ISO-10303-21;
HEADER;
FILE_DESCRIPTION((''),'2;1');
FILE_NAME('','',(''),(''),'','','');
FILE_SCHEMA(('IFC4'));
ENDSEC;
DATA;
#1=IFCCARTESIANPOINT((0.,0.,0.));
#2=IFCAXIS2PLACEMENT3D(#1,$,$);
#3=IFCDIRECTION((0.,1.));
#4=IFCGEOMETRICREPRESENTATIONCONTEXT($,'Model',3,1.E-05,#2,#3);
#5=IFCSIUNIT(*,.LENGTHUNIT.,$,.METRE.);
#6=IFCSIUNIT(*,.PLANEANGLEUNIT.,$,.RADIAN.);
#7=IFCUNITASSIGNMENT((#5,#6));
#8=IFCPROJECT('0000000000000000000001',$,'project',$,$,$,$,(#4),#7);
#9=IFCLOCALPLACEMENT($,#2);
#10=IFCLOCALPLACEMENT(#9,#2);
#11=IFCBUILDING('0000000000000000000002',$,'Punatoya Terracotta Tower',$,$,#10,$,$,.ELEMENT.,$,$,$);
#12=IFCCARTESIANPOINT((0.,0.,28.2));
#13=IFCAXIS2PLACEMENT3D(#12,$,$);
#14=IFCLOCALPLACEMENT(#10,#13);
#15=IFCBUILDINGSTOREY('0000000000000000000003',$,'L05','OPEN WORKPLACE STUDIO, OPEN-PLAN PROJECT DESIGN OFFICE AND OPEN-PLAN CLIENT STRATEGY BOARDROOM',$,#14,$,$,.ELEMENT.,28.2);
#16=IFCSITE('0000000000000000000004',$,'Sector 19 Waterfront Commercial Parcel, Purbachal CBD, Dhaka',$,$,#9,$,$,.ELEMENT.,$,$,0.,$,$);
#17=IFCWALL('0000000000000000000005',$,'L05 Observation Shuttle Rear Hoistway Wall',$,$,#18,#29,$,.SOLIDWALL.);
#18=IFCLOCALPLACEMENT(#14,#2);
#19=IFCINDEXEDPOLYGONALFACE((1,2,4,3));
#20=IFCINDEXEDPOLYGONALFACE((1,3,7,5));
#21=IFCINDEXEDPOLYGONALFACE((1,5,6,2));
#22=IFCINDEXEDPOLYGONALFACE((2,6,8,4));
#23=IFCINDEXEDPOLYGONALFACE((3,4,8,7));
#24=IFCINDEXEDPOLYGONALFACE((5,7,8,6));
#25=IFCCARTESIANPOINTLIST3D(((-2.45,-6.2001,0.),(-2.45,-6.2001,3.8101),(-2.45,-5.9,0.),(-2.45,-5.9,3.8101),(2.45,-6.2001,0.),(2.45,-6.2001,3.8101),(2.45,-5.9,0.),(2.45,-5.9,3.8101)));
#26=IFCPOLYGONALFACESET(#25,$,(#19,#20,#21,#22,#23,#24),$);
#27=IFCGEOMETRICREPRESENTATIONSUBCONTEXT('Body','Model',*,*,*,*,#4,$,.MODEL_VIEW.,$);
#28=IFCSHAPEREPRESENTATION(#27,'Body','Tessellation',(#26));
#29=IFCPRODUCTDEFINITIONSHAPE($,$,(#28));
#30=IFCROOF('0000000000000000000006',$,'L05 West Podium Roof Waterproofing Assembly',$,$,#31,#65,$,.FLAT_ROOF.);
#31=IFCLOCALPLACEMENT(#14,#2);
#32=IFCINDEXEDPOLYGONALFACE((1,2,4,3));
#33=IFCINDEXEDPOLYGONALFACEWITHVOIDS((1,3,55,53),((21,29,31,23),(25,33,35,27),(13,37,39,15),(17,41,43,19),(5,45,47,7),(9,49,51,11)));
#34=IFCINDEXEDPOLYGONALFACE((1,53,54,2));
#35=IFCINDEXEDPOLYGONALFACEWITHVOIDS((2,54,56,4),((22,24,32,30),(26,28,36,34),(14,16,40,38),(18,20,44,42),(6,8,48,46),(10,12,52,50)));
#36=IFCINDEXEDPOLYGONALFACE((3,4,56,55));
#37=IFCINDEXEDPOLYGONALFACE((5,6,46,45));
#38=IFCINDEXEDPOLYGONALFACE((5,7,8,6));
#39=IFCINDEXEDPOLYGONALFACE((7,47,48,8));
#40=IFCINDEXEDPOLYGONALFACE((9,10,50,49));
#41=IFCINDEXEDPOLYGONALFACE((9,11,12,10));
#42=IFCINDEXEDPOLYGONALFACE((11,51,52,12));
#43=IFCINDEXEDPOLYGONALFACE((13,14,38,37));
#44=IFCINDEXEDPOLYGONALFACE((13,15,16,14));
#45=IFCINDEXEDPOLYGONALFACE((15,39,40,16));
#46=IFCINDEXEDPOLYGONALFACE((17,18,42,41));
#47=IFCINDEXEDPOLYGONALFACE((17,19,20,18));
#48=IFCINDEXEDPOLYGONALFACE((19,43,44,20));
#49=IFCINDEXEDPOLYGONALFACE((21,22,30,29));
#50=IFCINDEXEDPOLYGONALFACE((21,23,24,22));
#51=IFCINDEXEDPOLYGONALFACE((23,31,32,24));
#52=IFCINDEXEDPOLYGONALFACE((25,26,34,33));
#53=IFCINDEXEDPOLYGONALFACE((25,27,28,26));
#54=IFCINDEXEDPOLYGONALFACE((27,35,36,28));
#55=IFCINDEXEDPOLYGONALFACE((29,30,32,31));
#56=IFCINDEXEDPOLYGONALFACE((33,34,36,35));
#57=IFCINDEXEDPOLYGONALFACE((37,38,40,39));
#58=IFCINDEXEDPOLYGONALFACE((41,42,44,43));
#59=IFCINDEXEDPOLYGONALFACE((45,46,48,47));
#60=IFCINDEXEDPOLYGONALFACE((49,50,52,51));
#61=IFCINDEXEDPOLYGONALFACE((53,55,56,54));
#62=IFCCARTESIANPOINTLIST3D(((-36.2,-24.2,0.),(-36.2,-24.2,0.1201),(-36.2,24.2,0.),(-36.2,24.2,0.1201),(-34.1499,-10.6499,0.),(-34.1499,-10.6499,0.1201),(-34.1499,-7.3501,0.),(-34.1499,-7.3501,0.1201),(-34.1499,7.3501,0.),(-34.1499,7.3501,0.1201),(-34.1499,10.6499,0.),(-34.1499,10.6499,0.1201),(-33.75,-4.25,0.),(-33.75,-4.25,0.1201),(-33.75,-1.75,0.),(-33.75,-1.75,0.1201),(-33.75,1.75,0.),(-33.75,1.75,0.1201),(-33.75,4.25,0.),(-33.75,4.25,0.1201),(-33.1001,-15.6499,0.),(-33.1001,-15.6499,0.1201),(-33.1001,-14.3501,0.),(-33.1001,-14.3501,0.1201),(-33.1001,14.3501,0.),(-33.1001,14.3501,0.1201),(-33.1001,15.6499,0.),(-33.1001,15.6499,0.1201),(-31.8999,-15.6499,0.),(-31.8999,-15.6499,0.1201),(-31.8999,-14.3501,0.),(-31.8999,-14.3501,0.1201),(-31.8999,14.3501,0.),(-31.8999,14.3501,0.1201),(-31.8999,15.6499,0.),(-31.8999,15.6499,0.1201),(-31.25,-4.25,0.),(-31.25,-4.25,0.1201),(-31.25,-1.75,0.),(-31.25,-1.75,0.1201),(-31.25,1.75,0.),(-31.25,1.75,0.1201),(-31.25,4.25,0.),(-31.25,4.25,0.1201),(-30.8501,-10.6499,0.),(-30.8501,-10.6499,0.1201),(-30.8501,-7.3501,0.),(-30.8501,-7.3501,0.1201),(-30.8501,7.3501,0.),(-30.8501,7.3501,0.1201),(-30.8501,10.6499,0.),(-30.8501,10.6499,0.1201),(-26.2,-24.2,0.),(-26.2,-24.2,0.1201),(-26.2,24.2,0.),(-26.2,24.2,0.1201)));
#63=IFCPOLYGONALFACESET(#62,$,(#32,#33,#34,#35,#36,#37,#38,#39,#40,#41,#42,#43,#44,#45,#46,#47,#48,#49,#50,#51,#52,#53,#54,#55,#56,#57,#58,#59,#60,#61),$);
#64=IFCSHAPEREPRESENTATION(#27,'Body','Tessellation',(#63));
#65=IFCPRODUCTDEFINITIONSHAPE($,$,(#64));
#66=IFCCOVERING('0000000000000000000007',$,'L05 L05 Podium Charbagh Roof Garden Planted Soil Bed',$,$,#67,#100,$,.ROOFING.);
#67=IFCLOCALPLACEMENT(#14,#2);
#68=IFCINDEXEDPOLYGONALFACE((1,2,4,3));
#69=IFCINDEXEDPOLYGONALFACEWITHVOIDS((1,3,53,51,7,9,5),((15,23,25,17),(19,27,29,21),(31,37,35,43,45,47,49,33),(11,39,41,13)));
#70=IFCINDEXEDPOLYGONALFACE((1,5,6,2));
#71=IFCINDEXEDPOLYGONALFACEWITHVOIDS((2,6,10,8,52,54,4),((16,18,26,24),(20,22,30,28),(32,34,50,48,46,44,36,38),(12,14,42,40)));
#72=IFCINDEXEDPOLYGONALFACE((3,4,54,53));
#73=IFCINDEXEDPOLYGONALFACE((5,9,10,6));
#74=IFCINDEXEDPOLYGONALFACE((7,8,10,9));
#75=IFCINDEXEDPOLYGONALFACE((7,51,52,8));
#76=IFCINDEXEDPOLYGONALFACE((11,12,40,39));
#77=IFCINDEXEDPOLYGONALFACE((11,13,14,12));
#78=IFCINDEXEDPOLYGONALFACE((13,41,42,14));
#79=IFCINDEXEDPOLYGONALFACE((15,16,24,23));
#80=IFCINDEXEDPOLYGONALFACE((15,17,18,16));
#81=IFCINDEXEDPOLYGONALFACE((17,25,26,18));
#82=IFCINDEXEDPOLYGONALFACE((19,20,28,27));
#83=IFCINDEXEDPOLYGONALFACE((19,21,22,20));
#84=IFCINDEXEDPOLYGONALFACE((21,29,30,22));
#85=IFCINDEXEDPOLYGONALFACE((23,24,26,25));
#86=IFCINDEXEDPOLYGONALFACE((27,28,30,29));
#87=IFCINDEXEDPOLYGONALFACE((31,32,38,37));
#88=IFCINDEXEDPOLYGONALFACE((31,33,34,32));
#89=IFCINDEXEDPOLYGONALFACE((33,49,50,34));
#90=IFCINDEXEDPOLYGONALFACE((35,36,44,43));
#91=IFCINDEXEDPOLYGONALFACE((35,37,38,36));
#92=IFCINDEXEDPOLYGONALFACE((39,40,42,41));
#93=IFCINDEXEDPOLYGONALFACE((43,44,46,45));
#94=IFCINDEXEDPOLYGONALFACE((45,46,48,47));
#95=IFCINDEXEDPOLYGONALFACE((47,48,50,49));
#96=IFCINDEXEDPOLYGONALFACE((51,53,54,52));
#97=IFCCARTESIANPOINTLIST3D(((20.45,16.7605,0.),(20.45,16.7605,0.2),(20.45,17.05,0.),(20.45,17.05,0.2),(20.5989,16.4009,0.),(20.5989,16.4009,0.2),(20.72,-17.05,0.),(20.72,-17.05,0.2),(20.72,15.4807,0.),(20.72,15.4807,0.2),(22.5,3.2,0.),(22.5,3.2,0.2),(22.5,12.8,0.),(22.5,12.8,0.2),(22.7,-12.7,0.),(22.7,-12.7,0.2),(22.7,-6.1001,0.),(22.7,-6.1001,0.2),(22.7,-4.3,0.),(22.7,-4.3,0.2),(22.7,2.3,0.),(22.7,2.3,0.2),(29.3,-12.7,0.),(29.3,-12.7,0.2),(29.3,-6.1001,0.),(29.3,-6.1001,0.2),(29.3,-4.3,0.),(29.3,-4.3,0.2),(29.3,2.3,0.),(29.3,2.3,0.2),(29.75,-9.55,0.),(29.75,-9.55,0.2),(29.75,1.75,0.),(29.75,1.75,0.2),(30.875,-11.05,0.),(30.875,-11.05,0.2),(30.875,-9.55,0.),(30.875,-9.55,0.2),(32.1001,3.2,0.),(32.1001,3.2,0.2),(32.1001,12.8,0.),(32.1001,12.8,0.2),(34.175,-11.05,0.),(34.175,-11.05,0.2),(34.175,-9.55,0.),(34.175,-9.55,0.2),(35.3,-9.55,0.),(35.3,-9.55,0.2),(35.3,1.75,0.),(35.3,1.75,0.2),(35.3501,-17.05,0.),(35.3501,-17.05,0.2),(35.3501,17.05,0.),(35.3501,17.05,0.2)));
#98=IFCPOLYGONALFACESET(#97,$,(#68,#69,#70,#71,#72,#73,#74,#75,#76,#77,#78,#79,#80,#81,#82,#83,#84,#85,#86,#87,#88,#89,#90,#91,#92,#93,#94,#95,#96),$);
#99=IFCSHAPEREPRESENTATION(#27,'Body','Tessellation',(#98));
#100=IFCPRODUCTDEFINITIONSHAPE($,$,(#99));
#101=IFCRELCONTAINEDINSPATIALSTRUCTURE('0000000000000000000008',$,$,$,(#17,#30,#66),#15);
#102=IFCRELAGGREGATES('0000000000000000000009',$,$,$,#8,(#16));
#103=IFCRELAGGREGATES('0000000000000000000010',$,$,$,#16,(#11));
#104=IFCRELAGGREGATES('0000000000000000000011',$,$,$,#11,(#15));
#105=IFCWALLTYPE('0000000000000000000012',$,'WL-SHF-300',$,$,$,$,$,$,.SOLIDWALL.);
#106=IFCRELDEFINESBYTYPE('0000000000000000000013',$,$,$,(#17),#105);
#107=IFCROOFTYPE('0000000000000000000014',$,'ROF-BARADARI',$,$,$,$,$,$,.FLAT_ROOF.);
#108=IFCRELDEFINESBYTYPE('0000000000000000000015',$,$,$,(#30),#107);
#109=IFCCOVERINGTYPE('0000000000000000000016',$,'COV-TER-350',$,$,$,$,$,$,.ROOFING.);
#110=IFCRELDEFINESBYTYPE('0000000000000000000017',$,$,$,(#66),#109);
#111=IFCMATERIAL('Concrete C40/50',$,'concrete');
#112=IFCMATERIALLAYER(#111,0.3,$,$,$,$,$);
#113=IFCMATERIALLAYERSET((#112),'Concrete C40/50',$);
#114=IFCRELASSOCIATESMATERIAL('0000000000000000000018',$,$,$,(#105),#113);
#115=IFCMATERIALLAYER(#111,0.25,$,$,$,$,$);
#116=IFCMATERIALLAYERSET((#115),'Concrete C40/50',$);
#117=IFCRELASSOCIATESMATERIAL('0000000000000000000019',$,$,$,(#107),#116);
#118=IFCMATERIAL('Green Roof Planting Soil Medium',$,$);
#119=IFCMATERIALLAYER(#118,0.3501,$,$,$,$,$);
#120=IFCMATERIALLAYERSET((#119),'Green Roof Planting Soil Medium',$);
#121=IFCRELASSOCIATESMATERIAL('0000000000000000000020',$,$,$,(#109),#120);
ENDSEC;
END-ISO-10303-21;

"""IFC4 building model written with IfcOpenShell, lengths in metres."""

from ifc_helpers import new_model, si_unit, direction, frame, frame_2d, origin, place, context, subcontext, project, spatial, polyline, rectangle, outline, extrude, material, layer, layer_set, type_object, element, save


model = new_model("IFC4")

# Units and contexts
model_context = context("Model", 3, precision=1e-05, world=origin(), true_north=direction((0.0, 1.0)))
body_context = subcontext(model_context, "Body", "Model", "MODEL_VIEW")
ifc_project = project(units=[si_unit("LENGTHUNIT", "METRE"), si_unit("PLANEANGLEUNIT", "RADIAN")], contexts=[model_context])

# Site, building, storey
site_placement = place(None, origin())
site = spatial("IfcSite", under=ifc_project, at=site_placement, Name="Sector 19 Waterfront Commercial Parcel, Purbachal CBD, Dhaka", CompositionType="ELEMENT", RefElevation=0.0)
building_placement = place(site_placement, origin())
building = spatial("IfcBuilding", under=site, at=building_placement, Name="Punatoya Terracotta Tower", CompositionType="ELEMENT")
storey_placement = place(building_placement, frame((0.0, 0.0, 28.2)))
storey = spatial("IfcBuildingStorey", under=building, at=storey_placement, Name="L05", Description="OPEN WORKPLACE STUDIO, OPEN-PLAN PROJECT DESIGN OFFICE AND OPEN-PLAN CLIENT STRATEGY BOARDROOM", CompositionType="ELEMENT", Elevation=28.2)

# Shared definitions
ifc_material_1 = material(Name="Concrete C40/50", Category="concrete")

# Wall
ifc_layer_1 = layer(ifc_material_1, 0.3)
ifc_layer_set_1 = layer_set([ifc_layer_1], Name="Concrete C40/50")
wall_type_1 = type_object("IfcWallType", Name="WL-SHF-300", PredefinedType="SOLIDWALL", material=ifc_layer_set_1)
wall_1_placement = place(storey_placement, frame((-2.45, -6.05, 0.0), z_axis=(0.0, 0.0, 1.0), x_axis=(1.0, 0.0, 0.0)))
element("IfcWall", 1, at=wall_1_placement, inside=storey, type_object=wall_type_1, Name="L05 Observation Shuttle Rear Hoistway Wall", PredefinedType="SOLIDWALL", context=body_context, shape_type="SweptSolid", body=[
    extrude(rectangle(XDim=4.8999, YDim=0.3, at=frame_2d((2.45, 0.0))), origin(), (0.0, 0.0, 1.0), 3.8101),
])

# Roof
ifc_layer_2 = layer(ifc_material_1, 0.25)
ifc_layer_set_2 = layer_set([ifc_layer_2], Name="Concrete C40/50")
roof_type = type_object("IfcRoofType", Name="ROF-BARADARI", PredefinedType="FLAT_ROOF", material=ifc_layer_set_2)
roof_placement = place(storey_placement, origin())
element("IfcRoof", 2, at=roof_placement, inside=storey, type_object=roof_type, Name="L05 West Podium Roof Waterproofing Assembly", PredefinedType="FLAT_ROOF", context=body_context, shape_type="SweptSolid", body=[
    extrude(outline(polyline([(-36.2, -24.2), (-26.2, -24.2), (-26.2, 24.2), (-36.2, 24.2), (-36.2, -24.2)]), holes=[polyline([(-33.1001, -15.6499), (-33.1001, -14.3501), (-31.8999, -14.3501), (-31.8999, -15.6499), (-33.1001, -15.6499)]), polyline([(-34.1499, -7.3501), (-30.8501, -7.3501), (-30.8501, -10.6499), (-34.1499, -10.6499), (-34.1499, -7.3501)]), polyline([(-33.75, -1.75), (-31.25, -1.75), (-31.25, -4.25), (-33.75, -4.25), (-33.75, -1.75)]), polyline([(-33.75, 1.75), (-33.75, 4.25), (-31.25, 4.25), (-31.25, 1.75), (-33.75, 1.75)]), polyline([(-34.1499, 10.6499), (-30.8501, 10.6499), (-30.8501, 7.3501), (-34.1499, 7.3501), (-34.1499, 10.6499)]), polyline([(-33.1001, 15.6499), (-31.8999, 15.6499), (-31.8999, 14.3501), (-33.1001, 14.3501), (-33.1001, 15.6499)])]), origin(), (0.0, 0.0, 1.0), 0.1201),
])

# Covering
ifc_material_2 = material(Name="Green Roof Planting Soil Medium")
ifc_layer_3 = layer(ifc_material_2, 0.3501)
ifc_layer_set_3 = layer_set([ifc_layer_3], Name="Green Roof Planting Soil Medium")
covering_type = type_object("IfcCoveringType", Name="COV-TER-350", PredefinedType="ROOFING", material=ifc_layer_set_3)
covering_placement = place(storey_placement, origin())
element("IfcCovering", 3, at=covering_placement, inside=storey, type_object=covering_type, Name="L05 L05 Podium Charbagh Roof Garden Planted Soil Bed", PredefinedType="ROOFING", context=body_context, shape_type="SweptSolid", body=[
    extrude(outline(polyline([(20.5989, 16.4009), (20.45, 16.7605), (20.45, 17.05), (35.3501, 17.05), (35.3501, -17.05), (20.72, -17.05), (20.72, 15.4807), (20.5989, 16.4009)]), holes=[polyline([(30.875, -11.05), (34.175, -11.05), (34.175, -9.55), (35.3, -9.55), (35.3, 1.75), (29.75, 1.75), (29.75, -9.55), (30.875, -9.55), (30.875, -11.05)]), polyline([(22.5, 3.2), (32.1001, 3.2), (32.1001, 12.8), (22.5, 12.8), (22.5, 3.2)]), polyline([(22.7, 2.3), (22.7, -4.3), (29.3, -4.3), (29.3, 2.3), (22.7, 2.3)]), polyline([(29.3, -6.1001), (22.7, -6.1001), (22.7, -12.7), (29.3, -12.7), (29.3, -6.1001)])]), origin(), (0.0, 0.0, 1.0), 0.2),
])

save(model, "model.ifc")
